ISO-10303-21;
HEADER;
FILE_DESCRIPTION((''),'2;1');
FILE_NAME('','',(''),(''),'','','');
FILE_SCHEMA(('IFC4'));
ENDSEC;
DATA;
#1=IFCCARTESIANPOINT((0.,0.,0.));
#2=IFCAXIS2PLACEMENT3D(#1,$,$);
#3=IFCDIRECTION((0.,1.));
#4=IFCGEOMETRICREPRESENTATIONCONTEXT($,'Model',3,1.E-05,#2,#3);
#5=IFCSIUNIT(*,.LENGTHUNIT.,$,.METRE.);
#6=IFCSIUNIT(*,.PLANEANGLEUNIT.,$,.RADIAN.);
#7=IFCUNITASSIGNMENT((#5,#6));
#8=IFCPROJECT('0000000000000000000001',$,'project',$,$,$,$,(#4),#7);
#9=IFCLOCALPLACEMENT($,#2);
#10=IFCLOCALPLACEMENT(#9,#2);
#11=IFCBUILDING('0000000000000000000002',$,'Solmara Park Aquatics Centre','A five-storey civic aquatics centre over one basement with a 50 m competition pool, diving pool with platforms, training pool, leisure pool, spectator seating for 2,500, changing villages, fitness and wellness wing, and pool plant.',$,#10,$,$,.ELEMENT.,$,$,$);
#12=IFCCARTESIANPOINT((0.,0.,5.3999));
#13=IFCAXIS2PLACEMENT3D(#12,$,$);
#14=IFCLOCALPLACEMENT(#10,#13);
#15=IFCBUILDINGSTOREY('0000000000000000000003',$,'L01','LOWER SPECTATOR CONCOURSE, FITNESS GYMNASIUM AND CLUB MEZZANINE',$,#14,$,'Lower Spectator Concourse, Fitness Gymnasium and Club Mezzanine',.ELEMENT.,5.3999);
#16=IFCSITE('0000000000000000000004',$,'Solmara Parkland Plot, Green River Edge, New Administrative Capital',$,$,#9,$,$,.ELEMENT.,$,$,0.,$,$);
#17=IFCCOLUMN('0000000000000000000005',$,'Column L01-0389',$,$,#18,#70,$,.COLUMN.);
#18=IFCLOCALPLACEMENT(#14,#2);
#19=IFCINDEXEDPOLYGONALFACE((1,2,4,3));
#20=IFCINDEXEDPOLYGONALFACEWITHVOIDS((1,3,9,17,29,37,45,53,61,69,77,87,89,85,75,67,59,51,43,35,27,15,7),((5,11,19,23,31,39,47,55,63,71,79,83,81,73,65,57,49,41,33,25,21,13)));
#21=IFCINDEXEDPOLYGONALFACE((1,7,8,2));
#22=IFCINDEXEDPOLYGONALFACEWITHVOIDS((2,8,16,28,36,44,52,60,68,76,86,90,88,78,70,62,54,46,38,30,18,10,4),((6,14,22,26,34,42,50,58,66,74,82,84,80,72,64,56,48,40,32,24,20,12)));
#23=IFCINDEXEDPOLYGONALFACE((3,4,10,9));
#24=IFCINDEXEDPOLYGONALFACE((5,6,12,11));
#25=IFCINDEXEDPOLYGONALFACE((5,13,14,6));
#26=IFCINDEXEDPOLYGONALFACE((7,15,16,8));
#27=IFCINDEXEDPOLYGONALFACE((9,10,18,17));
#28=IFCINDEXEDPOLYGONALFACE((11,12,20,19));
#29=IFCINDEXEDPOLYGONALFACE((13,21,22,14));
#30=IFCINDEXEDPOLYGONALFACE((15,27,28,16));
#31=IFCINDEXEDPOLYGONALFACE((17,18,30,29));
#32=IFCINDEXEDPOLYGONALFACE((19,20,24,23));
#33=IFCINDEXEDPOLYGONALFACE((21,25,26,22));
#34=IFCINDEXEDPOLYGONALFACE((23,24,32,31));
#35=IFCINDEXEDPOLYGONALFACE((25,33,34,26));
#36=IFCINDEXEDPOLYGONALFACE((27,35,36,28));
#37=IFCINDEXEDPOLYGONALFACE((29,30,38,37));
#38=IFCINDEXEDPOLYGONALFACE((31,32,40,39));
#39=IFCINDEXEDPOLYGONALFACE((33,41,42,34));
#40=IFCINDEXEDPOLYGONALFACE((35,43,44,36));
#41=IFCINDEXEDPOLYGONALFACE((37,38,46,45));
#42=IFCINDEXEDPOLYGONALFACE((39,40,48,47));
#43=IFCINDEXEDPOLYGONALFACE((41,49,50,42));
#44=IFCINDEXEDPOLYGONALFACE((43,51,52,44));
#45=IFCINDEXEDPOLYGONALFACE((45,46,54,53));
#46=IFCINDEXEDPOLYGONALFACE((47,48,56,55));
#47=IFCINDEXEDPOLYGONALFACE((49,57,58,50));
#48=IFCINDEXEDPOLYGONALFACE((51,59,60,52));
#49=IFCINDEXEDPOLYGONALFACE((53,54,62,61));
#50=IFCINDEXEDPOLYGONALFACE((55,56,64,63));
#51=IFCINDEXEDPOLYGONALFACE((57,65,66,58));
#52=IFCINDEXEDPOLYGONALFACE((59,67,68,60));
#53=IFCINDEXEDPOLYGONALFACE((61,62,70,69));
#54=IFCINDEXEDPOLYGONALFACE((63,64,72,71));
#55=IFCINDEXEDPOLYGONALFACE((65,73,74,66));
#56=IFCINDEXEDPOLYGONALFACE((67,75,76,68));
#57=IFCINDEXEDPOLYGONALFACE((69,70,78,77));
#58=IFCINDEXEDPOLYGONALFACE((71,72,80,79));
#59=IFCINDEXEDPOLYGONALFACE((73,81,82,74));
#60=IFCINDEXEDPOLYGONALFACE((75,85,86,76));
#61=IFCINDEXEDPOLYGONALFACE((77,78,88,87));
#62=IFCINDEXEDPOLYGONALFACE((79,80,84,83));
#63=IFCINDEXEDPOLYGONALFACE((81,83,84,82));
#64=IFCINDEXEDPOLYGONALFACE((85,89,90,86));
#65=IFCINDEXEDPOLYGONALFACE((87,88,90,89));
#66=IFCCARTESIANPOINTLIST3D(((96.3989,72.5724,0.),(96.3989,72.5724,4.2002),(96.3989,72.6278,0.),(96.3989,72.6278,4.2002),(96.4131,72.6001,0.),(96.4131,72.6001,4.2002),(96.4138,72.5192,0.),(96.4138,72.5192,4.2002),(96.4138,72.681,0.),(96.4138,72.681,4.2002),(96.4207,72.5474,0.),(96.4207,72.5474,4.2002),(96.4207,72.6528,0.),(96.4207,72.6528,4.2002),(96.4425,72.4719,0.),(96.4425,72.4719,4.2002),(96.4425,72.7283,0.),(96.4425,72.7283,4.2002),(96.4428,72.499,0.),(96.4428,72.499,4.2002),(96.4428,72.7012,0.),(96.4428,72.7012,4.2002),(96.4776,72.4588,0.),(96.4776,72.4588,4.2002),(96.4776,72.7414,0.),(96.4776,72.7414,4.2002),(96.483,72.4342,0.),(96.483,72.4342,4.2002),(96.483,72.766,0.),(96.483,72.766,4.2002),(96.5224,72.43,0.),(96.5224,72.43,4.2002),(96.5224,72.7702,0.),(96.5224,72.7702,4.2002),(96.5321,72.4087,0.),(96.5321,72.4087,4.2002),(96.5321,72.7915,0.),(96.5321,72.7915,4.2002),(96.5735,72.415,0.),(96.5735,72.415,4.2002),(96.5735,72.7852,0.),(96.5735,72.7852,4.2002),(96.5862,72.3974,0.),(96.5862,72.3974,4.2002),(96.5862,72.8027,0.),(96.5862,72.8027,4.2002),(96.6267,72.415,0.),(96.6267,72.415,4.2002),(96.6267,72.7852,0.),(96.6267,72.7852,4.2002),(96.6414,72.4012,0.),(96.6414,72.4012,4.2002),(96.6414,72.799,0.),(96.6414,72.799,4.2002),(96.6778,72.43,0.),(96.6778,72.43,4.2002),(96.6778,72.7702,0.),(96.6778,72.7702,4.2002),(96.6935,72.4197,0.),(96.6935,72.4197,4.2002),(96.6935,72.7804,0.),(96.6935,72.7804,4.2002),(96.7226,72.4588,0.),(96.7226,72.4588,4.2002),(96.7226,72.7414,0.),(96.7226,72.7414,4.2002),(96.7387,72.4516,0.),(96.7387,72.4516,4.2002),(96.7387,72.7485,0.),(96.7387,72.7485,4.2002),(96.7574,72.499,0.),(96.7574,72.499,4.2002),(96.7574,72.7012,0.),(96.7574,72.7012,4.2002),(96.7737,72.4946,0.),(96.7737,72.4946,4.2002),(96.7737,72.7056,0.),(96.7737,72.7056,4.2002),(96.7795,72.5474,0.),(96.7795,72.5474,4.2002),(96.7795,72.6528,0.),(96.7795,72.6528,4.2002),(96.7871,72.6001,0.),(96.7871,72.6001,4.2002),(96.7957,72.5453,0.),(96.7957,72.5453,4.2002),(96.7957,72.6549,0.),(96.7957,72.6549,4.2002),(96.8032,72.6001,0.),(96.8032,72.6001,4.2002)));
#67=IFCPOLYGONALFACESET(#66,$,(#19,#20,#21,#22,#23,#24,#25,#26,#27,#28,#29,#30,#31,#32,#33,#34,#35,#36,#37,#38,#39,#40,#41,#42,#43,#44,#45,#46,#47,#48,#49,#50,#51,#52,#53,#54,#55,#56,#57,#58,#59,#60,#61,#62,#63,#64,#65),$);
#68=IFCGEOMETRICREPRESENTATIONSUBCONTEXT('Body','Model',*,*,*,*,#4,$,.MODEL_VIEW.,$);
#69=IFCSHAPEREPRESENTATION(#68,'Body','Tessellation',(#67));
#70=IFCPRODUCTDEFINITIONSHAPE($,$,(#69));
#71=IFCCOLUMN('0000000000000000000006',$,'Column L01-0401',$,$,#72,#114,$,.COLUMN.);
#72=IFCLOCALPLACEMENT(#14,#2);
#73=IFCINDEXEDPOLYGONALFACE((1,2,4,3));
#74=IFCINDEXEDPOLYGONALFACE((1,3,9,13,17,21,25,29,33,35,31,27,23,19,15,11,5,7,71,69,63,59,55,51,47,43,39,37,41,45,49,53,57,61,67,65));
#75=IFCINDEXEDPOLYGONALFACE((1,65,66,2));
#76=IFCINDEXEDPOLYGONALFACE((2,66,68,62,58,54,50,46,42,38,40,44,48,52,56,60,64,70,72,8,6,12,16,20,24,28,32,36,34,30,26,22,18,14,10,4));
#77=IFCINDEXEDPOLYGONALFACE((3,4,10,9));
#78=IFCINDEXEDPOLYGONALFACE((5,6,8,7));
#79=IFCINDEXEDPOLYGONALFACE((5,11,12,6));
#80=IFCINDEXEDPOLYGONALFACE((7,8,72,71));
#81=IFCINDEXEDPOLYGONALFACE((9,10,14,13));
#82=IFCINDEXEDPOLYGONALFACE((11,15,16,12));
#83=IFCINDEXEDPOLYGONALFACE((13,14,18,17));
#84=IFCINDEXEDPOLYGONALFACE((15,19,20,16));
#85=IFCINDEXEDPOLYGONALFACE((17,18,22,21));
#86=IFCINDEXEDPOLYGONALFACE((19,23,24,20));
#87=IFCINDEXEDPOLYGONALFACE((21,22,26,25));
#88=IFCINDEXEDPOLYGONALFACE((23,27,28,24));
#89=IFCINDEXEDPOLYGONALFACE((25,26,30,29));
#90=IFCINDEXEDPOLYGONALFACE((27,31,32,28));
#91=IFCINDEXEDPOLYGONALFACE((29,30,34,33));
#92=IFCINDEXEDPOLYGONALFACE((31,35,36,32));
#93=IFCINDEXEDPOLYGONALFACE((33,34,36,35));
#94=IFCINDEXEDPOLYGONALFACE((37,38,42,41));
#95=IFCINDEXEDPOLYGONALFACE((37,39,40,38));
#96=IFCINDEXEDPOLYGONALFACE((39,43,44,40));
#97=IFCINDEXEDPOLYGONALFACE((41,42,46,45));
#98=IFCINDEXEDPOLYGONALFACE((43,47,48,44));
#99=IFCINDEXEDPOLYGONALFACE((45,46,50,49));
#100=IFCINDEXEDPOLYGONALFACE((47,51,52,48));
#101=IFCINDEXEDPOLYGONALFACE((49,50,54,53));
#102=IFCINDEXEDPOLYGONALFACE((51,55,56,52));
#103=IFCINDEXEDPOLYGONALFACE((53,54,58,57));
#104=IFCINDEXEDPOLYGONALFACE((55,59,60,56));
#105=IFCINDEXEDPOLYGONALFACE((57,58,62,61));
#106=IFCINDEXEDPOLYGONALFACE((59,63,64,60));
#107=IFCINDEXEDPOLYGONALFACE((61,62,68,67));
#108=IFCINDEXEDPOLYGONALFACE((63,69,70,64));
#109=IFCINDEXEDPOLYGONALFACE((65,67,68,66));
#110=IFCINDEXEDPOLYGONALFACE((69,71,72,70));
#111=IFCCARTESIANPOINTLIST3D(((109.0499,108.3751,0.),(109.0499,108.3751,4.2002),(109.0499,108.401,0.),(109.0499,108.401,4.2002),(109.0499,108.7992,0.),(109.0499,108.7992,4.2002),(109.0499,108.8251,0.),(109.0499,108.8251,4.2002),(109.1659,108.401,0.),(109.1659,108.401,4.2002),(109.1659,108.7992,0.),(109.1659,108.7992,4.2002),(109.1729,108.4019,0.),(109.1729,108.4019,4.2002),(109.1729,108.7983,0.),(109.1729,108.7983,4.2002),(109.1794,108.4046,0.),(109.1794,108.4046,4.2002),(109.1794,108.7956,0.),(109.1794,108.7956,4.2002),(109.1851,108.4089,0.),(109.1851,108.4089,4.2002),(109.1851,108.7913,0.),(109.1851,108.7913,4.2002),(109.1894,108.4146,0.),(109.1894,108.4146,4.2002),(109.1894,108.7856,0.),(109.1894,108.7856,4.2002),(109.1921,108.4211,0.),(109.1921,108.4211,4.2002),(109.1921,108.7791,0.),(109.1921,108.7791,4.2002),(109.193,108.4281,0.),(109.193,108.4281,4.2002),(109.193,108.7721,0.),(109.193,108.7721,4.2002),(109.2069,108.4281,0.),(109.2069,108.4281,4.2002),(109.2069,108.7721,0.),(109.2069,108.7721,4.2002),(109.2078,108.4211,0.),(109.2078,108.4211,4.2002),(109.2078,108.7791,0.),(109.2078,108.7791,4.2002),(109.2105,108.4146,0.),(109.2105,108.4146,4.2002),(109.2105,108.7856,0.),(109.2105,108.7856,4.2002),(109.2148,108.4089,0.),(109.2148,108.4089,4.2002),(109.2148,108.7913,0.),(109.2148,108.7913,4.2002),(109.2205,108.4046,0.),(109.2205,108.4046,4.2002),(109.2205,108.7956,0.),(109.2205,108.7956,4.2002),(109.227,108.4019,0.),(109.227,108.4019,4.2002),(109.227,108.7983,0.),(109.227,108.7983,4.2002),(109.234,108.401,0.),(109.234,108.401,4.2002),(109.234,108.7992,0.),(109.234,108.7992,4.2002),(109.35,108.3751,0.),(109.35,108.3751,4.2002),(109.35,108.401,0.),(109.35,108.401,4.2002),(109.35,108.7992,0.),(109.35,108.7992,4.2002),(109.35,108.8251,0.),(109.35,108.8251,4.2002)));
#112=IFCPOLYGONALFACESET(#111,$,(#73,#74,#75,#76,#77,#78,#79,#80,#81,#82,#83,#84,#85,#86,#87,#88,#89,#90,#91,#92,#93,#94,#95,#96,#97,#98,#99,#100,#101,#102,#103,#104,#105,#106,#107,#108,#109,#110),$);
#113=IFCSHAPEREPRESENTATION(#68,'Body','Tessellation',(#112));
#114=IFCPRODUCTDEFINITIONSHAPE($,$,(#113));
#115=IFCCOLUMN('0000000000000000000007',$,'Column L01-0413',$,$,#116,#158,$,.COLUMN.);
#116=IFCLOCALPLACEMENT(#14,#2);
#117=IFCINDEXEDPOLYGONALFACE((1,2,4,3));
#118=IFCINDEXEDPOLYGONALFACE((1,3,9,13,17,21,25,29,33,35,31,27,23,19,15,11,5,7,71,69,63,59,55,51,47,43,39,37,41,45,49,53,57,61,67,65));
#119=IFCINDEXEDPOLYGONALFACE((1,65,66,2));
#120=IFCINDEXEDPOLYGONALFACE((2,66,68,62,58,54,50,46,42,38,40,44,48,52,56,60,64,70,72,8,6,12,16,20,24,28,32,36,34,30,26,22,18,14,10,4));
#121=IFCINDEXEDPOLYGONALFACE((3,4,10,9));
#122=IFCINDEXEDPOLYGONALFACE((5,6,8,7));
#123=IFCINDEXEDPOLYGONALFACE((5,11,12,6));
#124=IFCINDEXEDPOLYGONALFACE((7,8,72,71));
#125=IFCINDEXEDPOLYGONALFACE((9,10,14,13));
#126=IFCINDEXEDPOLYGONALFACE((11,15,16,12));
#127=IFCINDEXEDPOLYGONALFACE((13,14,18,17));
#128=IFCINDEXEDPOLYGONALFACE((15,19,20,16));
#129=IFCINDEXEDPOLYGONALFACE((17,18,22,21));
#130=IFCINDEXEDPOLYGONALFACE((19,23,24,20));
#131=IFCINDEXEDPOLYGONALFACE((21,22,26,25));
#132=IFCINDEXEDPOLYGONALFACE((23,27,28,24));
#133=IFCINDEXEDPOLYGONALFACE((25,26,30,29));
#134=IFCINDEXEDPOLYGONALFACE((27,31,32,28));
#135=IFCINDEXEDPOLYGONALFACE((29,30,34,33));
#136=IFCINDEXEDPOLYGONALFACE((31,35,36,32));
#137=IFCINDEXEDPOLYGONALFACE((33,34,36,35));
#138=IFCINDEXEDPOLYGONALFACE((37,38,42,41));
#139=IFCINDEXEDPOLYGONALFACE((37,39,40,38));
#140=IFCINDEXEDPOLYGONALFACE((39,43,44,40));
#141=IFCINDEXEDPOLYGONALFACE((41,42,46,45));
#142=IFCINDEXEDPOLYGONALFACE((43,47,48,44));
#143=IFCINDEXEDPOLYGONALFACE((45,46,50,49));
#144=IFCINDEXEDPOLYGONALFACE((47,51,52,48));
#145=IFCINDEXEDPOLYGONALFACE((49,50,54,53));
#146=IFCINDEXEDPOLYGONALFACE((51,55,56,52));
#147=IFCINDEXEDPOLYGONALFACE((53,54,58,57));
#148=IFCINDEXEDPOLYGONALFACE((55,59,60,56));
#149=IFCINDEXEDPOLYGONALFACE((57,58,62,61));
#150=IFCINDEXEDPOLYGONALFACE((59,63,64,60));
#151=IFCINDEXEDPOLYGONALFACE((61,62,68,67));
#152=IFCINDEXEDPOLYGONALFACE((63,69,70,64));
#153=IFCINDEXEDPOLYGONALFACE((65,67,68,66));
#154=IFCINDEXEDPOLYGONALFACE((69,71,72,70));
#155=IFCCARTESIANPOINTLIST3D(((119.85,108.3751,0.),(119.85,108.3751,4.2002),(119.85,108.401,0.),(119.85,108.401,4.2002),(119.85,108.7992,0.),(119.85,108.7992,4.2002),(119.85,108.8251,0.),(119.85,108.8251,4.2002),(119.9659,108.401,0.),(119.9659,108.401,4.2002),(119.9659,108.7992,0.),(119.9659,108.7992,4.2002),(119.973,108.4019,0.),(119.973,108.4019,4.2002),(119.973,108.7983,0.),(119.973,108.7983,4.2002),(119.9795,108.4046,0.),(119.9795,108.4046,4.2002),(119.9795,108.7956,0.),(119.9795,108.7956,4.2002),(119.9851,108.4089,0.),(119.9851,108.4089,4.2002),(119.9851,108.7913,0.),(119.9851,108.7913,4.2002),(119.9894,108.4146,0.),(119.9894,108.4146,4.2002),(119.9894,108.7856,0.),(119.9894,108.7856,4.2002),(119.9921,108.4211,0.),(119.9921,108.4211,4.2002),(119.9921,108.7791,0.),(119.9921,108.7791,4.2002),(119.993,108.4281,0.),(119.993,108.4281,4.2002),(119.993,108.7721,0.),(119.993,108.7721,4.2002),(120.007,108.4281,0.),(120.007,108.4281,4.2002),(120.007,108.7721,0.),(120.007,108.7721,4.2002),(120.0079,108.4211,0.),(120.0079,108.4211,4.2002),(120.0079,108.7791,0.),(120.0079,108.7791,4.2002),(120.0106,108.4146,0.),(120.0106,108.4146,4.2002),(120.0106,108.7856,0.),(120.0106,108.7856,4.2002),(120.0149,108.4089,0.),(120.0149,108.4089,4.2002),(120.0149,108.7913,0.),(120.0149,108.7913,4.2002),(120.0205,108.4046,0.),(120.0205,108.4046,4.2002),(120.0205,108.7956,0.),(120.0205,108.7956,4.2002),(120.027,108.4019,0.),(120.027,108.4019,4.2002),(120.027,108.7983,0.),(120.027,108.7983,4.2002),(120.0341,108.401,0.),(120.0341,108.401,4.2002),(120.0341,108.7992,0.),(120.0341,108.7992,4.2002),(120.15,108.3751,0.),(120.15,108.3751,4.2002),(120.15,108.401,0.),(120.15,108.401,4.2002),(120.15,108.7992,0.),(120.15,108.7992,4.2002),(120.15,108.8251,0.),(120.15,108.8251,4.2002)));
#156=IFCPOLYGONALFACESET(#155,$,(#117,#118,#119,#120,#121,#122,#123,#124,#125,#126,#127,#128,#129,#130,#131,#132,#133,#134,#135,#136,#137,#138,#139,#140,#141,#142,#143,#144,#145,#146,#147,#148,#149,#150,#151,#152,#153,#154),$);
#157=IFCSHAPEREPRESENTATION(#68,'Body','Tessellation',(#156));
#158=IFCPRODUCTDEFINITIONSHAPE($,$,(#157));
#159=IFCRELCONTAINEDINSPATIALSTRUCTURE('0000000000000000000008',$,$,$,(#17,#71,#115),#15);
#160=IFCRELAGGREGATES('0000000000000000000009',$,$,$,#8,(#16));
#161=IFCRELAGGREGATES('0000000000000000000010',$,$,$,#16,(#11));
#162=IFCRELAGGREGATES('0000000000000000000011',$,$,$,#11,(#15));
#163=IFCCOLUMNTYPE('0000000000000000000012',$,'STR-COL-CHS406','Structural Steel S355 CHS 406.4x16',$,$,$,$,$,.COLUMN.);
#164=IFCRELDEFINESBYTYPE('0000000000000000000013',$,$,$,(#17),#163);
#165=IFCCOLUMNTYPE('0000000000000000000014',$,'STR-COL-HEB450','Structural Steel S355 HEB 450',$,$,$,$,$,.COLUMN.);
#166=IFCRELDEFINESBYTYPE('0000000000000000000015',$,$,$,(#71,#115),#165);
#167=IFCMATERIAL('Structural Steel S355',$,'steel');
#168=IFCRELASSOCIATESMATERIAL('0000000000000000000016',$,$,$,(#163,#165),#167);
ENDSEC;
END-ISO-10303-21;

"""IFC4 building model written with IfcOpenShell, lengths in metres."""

from ifc_helpers import new_model, si_unit, direction, frame, origin, origin_2d, place, context, subcontext, project, spatial, hollow_circle, i_section, extrude, material, material_profile, profile_set, type_object, element, save


model = new_model("IFC4")

# Units and contexts
model_context = context("Model", 3, precision=1e-05, world=origin(), true_north=direction((0.0, 1.0)))
body_context = subcontext(model_context, "Body", "Model", "MODEL_VIEW")
ifc_project = project(units=[si_unit("LENGTHUNIT", "METRE"), si_unit("PLANEANGLEUNIT", "RADIAN")], contexts=[model_context])

# Site, building, storey
site_placement = place(None, origin())
site = spatial("IfcSite", under=ifc_project, at=site_placement, Name="Solmara Parkland Plot, Green River Edge, New Administrative Capital", CompositionType="ELEMENT", RefElevation=0.0)
building_placement = place(site_placement, origin())
building = spatial("IfcBuilding", under=site, at=building_placement, Name="Solmara Park Aquatics Centre", Description="A five-storey civic aquatics centre over one basement with a 50 m competition pool, diving pool with platforms, training pool, leisure pool, spectator seating for 2,500, changing villages, fitness and wellness wing, and pool plant.", CompositionType="ELEMENT")
storey_placement = place(building_placement, frame((0.0, 0.0, 5.3999)))
storey = spatial("IfcBuildingStorey", under=building, at=storey_placement, Name="L01", Description="LOWER SPECTATOR CONCOURSE, FITNESS GYMNASIUM AND CLUB MEZZANINE", LongName="Lower Spectator Concourse, Fitness Gymnasium and Club Mezzanine", CompositionType="ELEMENT", Elevation=5.3999)

# Columns
ifc_material_1 = material(Name="Structural Steel S355", Category="steel")
ifc_material_profile_1 = material_profile(ifc_material_1, hollow_circle(Radius=0.2031, WallThickness=0.0161, at=origin_2d()), Name="CHS 406.4x16")
ifc_profile_set_1 = profile_set([ifc_material_profile_1], Name="Structural Steel S355")
column_type_1 = type_object("IfcColumnType", Name="STR-COL-CHS406", Description="Structural Steel S355 CHS 406.4x16", PredefinedType="COLUMN", material=ifc_profile_set_1)
column_1_placement = place(storey_placement, frame((96.6001, 72.6001, 0.0), z_axis=(0.0, 0.0, 1.0), x_axis=(1.0, 0.0, 0.0)))
element("IfcColumn", 1, at=column_1_placement, inside=storey, type_object=column_type_1, Name="Column L01-0389", PredefinedType="COLUMN", context=body_context, shape_type="SweptSolid", body=[
    extrude(hollow_circle(Radius=0.2031, WallThickness=0.0161, at=origin_2d()), origin(), (0.0, 0.0, 1.0), 4.2002),
])
ifc_material_profile_2 = material_profile(ifc_material_1, i_section(OverallWidth=0.3, OverallDepth=0.45, WebThickness=0.0139, FlangeThickness=0.0259, FilletRadius=0.0271, at=origin_2d()), Name="HEB 450")
ifc_profile_set_2 = profile_set([ifc_material_profile_2], Name="Structural Steel S355")
column_type_2 = type_object("IfcColumnType", Name="STR-COL-HEB450", Description="Structural Steel S355 HEB 450", PredefinedType="COLUMN", material=ifc_profile_set_2)
for number, where, z_axis, x_axis, name in (
    (2, (109.2, 108.6001, 0.0), (0.0, 0.0, 1.0), (1.0, 0.0, 0.0), "Column L01-0401"),
    (3, (120.0, 108.6001, 0.0), (0.0, 0.0, 1.0), (1.0, 0.0, 0.0), "Column L01-0413"),
):
    element("IfcColumn", number, at=place(storey_placement, frame(where, z_axis=z_axis, x_axis=x_axis)), inside=storey, type_object=column_type_2, Name=name, PredefinedType="COLUMN", context=body_context, shape_type="SweptSolid", body=[
        extrude(i_section(OverallWidth=0.3, OverallDepth=0.45, WebThickness=0.0139, FlangeThickness=0.0259, FilletRadius=0.0271, at=origin_2d()), origin(), (0.0, 0.0, 1.0), 4.2002),
    ])

save(model, "model.ifc")
